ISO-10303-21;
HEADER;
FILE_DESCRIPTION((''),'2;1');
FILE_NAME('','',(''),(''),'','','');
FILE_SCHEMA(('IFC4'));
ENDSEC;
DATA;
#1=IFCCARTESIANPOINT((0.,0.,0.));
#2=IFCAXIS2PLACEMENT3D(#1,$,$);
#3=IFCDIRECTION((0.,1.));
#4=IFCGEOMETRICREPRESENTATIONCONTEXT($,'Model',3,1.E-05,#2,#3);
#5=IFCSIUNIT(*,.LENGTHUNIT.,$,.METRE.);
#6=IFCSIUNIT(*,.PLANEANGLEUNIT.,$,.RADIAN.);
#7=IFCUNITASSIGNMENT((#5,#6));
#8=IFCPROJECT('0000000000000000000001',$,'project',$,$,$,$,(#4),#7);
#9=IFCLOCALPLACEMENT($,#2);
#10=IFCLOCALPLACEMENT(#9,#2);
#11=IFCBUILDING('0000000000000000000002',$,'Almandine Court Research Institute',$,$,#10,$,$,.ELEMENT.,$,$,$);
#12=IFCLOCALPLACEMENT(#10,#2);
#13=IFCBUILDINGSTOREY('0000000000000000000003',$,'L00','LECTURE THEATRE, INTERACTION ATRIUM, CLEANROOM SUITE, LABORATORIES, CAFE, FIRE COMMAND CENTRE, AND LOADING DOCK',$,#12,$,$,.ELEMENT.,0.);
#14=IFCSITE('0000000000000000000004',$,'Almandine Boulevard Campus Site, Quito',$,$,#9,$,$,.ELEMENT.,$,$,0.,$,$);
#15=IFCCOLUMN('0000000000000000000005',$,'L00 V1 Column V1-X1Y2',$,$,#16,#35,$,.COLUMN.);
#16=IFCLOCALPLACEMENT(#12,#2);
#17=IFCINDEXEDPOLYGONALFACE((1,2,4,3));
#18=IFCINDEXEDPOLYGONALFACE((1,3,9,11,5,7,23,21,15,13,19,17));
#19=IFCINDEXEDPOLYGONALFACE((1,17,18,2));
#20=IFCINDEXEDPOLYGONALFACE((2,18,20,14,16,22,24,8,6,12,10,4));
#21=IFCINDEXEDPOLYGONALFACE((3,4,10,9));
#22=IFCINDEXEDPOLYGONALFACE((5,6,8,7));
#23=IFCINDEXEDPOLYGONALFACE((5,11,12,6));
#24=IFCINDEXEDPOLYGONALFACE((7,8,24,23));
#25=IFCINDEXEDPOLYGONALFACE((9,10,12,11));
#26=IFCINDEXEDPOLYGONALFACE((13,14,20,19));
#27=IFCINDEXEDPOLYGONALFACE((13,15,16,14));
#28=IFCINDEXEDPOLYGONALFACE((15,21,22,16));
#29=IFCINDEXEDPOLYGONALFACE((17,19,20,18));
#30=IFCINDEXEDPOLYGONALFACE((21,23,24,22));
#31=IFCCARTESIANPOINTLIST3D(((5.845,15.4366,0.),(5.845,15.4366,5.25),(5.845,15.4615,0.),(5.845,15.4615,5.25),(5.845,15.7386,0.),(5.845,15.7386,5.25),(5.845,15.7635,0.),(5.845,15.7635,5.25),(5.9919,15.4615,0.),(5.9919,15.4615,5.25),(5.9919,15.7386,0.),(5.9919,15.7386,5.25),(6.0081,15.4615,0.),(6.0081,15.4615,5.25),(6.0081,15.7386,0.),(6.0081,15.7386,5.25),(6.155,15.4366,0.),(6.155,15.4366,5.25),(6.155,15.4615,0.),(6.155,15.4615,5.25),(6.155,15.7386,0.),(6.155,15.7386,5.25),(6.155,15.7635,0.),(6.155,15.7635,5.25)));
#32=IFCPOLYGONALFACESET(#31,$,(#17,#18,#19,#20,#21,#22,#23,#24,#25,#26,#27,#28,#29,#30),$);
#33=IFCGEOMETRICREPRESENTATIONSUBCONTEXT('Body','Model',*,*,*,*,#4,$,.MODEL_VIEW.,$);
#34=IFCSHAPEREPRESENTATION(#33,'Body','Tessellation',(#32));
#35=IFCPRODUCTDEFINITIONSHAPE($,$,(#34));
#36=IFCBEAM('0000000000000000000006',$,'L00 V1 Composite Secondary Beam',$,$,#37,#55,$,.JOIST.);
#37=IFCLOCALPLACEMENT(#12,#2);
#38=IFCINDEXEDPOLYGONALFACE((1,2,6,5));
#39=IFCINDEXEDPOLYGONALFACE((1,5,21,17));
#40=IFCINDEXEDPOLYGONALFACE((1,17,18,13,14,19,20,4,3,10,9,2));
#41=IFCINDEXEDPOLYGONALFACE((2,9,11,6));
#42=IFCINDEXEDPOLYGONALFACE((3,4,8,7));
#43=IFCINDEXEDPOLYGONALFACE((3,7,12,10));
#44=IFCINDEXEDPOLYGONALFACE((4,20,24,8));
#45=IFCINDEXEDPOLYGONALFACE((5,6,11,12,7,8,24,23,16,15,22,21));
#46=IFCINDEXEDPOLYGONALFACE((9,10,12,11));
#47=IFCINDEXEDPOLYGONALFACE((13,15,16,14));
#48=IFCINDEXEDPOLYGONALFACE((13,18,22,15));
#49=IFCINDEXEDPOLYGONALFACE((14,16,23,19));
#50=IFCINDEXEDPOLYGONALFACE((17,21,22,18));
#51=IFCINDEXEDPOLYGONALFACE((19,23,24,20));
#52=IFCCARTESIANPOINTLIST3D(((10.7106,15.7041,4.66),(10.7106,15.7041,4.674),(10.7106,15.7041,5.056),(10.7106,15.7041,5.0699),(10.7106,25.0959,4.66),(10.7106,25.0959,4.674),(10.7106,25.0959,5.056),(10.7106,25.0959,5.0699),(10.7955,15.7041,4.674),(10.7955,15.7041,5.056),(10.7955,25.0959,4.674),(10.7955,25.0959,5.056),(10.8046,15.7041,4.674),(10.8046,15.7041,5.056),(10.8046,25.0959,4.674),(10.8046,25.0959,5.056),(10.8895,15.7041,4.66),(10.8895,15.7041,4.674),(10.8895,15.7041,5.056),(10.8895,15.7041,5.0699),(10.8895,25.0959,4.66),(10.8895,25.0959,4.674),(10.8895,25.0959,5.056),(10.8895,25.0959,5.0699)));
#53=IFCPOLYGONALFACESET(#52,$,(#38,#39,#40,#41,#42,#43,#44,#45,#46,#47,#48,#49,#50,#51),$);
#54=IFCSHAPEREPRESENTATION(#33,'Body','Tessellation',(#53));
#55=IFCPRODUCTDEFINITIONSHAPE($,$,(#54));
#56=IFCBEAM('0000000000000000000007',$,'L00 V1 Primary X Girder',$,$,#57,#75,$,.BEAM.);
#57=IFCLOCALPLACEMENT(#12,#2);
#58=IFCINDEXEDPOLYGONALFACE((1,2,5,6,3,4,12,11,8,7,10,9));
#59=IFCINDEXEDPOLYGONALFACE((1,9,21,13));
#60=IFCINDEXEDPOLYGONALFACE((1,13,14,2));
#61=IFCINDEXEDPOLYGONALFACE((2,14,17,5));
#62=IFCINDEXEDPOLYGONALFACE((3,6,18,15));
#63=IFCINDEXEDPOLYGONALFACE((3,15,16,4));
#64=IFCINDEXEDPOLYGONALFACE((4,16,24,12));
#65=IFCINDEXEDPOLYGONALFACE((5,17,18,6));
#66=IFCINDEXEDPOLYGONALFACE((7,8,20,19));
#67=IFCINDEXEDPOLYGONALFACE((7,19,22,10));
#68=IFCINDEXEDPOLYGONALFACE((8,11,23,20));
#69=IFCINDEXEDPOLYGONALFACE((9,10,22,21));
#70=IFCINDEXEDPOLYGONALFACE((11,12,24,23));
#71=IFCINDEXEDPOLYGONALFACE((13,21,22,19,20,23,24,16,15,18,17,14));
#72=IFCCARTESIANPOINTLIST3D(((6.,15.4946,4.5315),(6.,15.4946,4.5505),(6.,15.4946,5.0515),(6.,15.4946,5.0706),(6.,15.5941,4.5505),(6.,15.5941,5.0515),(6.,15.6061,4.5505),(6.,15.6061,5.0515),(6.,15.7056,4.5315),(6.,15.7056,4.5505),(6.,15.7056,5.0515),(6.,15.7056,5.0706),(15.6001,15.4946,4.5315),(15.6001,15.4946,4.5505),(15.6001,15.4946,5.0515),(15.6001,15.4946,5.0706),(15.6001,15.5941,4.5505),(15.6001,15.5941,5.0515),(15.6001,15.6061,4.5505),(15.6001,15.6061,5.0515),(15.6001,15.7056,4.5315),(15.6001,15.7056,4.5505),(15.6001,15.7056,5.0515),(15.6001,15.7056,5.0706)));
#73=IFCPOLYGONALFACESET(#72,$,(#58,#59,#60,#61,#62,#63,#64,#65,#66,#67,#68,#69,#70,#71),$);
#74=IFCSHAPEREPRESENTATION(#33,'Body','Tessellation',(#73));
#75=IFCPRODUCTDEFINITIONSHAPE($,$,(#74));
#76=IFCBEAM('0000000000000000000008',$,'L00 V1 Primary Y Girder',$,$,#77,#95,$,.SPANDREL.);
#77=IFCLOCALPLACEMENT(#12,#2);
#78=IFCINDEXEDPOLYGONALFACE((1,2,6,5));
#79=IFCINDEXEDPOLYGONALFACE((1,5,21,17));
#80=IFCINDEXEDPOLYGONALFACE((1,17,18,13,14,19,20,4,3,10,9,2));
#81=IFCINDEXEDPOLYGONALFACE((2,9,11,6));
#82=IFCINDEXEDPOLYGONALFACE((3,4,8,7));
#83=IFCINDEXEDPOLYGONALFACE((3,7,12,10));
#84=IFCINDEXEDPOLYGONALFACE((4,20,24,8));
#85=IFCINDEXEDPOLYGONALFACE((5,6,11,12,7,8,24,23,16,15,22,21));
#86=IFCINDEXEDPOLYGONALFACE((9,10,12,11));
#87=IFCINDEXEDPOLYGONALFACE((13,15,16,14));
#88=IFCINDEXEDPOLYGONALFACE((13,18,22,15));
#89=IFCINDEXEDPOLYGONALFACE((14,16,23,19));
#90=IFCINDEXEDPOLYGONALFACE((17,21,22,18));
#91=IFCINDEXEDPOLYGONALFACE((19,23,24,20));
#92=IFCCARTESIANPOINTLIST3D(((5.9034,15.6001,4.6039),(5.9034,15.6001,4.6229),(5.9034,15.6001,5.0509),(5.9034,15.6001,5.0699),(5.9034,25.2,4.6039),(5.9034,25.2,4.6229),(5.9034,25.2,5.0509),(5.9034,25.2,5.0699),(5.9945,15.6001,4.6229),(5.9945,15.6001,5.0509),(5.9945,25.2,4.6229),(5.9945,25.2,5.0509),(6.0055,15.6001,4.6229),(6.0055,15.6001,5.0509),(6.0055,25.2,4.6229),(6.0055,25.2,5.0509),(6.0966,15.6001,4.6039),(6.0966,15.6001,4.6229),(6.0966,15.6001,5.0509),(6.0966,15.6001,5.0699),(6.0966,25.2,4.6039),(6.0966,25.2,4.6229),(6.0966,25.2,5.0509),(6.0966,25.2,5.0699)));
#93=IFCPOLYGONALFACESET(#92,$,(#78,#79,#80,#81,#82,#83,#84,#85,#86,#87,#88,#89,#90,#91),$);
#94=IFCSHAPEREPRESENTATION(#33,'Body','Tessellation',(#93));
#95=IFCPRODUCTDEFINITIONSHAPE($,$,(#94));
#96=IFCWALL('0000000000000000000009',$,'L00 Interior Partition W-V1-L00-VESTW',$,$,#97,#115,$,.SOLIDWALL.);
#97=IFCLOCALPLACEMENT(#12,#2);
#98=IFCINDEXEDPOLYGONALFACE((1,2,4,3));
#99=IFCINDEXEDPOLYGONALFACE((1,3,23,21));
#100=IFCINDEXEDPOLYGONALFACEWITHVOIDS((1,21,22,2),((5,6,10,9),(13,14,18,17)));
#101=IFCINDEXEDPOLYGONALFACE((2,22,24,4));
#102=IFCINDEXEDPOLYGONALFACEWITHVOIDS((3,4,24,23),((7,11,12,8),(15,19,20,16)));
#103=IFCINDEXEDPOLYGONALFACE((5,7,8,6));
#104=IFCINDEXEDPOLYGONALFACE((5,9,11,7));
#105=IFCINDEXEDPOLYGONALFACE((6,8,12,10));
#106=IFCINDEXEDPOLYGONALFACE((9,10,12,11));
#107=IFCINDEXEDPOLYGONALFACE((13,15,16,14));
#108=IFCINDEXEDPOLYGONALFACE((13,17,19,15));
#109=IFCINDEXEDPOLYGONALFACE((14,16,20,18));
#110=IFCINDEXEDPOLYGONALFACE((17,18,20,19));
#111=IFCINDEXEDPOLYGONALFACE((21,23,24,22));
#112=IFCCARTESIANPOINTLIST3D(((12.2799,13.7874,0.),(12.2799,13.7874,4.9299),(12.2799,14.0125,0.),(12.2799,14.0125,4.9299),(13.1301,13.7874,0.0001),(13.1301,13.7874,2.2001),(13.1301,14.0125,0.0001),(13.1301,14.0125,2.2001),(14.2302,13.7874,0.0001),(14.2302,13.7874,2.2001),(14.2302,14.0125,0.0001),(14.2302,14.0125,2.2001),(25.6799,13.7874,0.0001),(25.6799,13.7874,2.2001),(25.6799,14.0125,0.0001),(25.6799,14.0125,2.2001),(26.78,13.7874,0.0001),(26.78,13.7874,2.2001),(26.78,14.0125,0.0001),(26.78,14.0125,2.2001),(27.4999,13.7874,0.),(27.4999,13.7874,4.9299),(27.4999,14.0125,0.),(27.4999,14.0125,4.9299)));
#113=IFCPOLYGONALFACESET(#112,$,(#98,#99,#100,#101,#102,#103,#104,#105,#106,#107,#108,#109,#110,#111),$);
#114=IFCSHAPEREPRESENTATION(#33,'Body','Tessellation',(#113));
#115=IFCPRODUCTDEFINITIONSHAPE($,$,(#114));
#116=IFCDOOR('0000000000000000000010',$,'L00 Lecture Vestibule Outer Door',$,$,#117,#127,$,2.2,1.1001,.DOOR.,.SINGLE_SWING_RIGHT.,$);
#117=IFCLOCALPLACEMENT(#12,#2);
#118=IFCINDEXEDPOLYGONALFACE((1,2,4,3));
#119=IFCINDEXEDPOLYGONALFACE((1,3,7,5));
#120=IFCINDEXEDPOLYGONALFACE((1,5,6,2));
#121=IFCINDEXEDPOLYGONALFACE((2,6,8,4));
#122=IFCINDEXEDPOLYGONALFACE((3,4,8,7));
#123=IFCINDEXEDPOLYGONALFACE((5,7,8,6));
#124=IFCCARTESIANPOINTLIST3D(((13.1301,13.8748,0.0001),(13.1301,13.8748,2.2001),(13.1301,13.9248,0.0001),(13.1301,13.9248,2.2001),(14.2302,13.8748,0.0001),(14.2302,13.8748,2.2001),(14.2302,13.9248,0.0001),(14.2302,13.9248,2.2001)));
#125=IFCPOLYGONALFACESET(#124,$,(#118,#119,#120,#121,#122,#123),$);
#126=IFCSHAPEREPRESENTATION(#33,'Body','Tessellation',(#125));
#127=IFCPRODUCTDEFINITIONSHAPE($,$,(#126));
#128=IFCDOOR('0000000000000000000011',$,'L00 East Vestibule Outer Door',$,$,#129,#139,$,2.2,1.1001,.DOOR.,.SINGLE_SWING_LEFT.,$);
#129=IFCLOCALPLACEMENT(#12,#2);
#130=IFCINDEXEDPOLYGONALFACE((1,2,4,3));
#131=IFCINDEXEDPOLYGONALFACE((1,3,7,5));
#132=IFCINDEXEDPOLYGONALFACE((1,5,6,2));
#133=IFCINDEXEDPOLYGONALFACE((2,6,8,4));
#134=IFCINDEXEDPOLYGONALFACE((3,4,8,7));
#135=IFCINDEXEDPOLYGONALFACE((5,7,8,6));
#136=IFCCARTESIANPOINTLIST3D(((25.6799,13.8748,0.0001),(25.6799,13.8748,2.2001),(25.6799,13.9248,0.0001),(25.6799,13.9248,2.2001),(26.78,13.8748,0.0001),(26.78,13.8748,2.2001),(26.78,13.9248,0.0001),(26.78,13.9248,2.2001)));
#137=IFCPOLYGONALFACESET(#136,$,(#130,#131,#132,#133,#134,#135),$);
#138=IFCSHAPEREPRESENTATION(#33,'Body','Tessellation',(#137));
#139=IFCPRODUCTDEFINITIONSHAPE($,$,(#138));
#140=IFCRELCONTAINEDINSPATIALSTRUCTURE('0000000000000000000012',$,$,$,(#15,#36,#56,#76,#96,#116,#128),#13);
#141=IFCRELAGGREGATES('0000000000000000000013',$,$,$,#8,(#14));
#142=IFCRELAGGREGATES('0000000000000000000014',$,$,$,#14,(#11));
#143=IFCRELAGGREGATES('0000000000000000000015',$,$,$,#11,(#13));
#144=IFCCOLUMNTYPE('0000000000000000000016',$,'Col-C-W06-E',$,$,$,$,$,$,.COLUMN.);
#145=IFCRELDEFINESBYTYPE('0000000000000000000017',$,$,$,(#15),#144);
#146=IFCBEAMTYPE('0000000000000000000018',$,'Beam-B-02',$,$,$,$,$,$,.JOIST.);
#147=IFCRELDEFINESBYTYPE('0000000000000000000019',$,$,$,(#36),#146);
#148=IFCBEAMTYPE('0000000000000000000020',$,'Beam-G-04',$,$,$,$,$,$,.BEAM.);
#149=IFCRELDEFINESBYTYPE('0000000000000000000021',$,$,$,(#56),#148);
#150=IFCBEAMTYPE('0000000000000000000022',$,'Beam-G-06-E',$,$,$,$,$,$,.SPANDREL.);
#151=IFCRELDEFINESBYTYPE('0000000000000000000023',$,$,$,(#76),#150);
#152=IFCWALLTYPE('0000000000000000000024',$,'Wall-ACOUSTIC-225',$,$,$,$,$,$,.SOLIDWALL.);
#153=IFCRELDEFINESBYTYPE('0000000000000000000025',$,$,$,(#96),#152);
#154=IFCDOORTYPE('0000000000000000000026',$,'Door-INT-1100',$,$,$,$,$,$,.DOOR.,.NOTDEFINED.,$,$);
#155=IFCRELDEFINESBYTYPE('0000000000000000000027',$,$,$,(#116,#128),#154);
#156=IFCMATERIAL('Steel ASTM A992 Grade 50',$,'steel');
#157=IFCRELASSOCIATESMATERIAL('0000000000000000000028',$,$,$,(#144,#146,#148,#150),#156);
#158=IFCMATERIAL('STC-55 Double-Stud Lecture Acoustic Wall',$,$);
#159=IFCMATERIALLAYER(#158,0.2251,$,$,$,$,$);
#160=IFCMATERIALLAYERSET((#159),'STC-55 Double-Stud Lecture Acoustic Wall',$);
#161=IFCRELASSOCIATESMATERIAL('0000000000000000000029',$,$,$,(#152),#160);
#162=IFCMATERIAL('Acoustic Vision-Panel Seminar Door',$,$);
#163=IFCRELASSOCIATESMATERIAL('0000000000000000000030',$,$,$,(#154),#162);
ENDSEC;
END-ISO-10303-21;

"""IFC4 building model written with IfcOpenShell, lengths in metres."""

from ifc_helpers import new_model, si_unit, direction, frame, frame_2d, origin, origin_2d, place, context, subcontext, project, spatial, rectangle, i_section, extrude, material, layer, layer_set, material_profile, profile_set, type_object, element, fill, save


model = new_model("IFC4")

# Units and contexts
model_context = context("Model", 3, precision=1e-05, world=origin(), true_north=direction((0.0, 1.0)))
body_context = subcontext(model_context, "Body", "Model", "MODEL_VIEW")
ifc_project = project(units=[si_unit("LENGTHUNIT", "METRE"), si_unit("PLANEANGLEUNIT", "RADIAN")], contexts=[model_context])

# Site, building, storey
site_placement = place(None, origin())
site = spatial("IfcSite", under=ifc_project, at=site_placement, Name="Almandine Boulevard Campus Site, Quito", CompositionType="ELEMENT", RefElevation=0.0)
building_placement = place(site_placement, origin())
building = spatial("IfcBuilding", under=site, at=building_placement, Name="Almandine Court Research Institute", CompositionType="ELEMENT")
storey_placement = place(building_placement, origin())
storey = spatial("IfcBuildingStorey", under=building, at=storey_placement, Name="L00", Description="LECTURE THEATRE, INTERACTION ATRIUM, CLEANROOM SUITE, LABORATORIES, CAFE, FIRE COMMAND CENTRE, AND LOADING DOCK", CompositionType="ELEMENT", Elevation=0.0)

# Column
ifc_material_1 = material(Name="Steel ASTM A992 Grade 50", Category="steel")
ifc_material_profile_1 = material_profile(ifc_material_1, i_section(OverallWidth=0.3101, OverallDepth=0.3269, WebThickness=0.0161, FlangeThickness=0.0249, at=origin_2d()), Name="W310x158")
ifc_profile_set_1 = profile_set([ifc_material_profile_1], Name="Steel ASTM A992 Grade 50")
column_type = type_object("IfcColumnType", Name="Col-C-W06-E", PredefinedType="COLUMN", material=ifc_profile_set_1)
column_placement = place(storey_placement, frame((6.0, 15.6001, 0.0), z_axis=(0.0, 0.0, 1.0), x_axis=(1.0, 0.0, 0.0)))
element("IfcColumn", 1, at=column_placement, inside=storey, type_object=column_type, Name="L00 V1 Column V1-X1Y2", PredefinedType="COLUMN", context=body_context, shape_type="SweptSolid", body=[
    extrude(i_section(OverallWidth=0.3101, OverallDepth=0.3269, WebThickness=0.0161, FlangeThickness=0.0249, at=origin_2d()), origin(), (0.0, 0.0, 1.0), 5.25),
])

# Beams
ifc_material_profile_2 = material_profile(ifc_material_1, i_section(OverallWidth=0.179, OverallDepth=0.4099, WebThickness=0.009, FlangeThickness=0.0139, at=origin_2d()), Name="W410x67")
ifc_profile_set_2 = profile_set([ifc_material_profile_2], Name="Steel ASTM A992 Grade 50")
beam_type_1 = type_object("IfcBeamType", Name="Beam-B-02", PredefinedType="JOIST", material=ifc_profile_set_2)
beam_1_placement = place(storey_placement, frame((10.8, 15.7041, 4.865), z_axis=(0.0, 1.0, 0.0), x_axis=(-1.0, 0.0, 0.0)))
element("IfcBeam", 2, at=beam_1_placement, inside=storey, type_object=beam_type_1, Name="L00 V1 Composite Secondary Beam", PredefinedType="JOIST", context=body_context, shape_type="SweptSolid", body=[
    extrude(i_section(OverallWidth=0.179, OverallDepth=0.4099, WebThickness=0.009, FlangeThickness=0.0139, at=origin_2d()), origin(), (0.0, 0.0, 1.0), 9.3918),
])
ifc_material_profile_3 = material_profile(ifc_material_1, i_section(OverallWidth=0.2109, OverallDepth=0.5391, WebThickness=0.012, FlangeThickness=0.019, at=origin_2d()), Name="W530x109")
ifc_profile_set_3 = profile_set([ifc_material_profile_3], Name="Steel ASTM A992 Grade 50")
beam_type_2 = type_object("IfcBeamType", Name="Beam-G-04", PredefinedType="BEAM", material=ifc_profile_set_3)
beam_2_placement = place(storey_placement, frame((6.0, 15.6001, 4.801), z_axis=(1.0, 0.0, 0.0), x_axis=(0.0, 1.0, 0.0)))
element("IfcBeam", 3, at=beam_2_placement, inside=storey, type_object=beam_type_2, Name="L00 V1 Primary X Girder", PredefinedType="BEAM", context=body_context, shape_type="SweptSolid", body=[
    extrude(i_section(OverallWidth=0.2109, OverallDepth=0.5391, WebThickness=0.012, FlangeThickness=0.019, at=origin_2d()), origin(), (0.0, 0.0, 1.0), 9.6001),
])
ifc_material_profile_4 = material_profile(ifc_material_1, i_section(OverallWidth=0.1931, OverallDepth=0.4661, WebThickness=0.011, FlangeThickness=0.019, at=origin_2d()), Name="W460x97")
ifc_profile_set_4 = profile_set([ifc_material_profile_4], Name="Steel ASTM A992 Grade 50")
beam_type_3 = type_object("IfcBeamType", Name="Beam-G-06-E", PredefinedType="SPANDREL", material=ifc_profile_set_4)
beam_3_placement = place(storey_placement, frame((6.0, 15.6001, 4.8369), z_axis=(0.0, 1.0, 0.0), x_axis=(-1.0, 0.0, 0.0)))
element("IfcBeam", 4, at=beam_3_placement, inside=storey, type_object=beam_type_3, Name="L00 V1 Primary Y Girder", PredefinedType="SPANDREL", context=body_context, shape_type="SweptSolid", body=[
    extrude(i_section(OverallWidth=0.1931, OverallDepth=0.4661, WebThickness=0.011, FlangeThickness=0.019, at=origin_2d()), origin(), (0.0, 0.0, 1.0), 9.5999),
])

# Wall, openings, doors
ifc_material_2 = material(Name="STC-55 Double-Stud Lecture Acoustic Wall")
ifc_layer_1 = layer(ifc_material_2, 0.2251)
ifc_layer_set_1 = layer_set([ifc_layer_1], Name="STC-55 Double-Stud Lecture Acoustic Wall")
wall_type_1 = type_object("IfcWallType", Name="Wall-ACOUSTIC-225", PredefinedType="SOLIDWALL", material=ifc_layer_set_1)
wall_1_placement = place(storey_placement, frame((12.28, 13.8999, 0.0), z_axis=(0.0, 0.0, 1.0), x_axis=(1.0, 0.0, 0.0)))
wall_1 = element("IfcWall", 5, at=wall_1_placement, inside=storey, type_object=wall_type_1, Name="L00 Interior Partition W-V1-L00-VESTW", PredefinedType="SOLIDWALL", context=body_context, shape_type="SweptSolid", body=[
    extrude(rectangle(XDim=15.22, YDim=0.2251, at=frame_2d((7.6099, 0.0))), origin(), (0.0, 0.0, 1.0), 4.9299),
])
opening_1_placement = place(wall_1_placement, frame((0.8501, 0.0, 0.0)))
opening_1 = element("IfcOpeningElement", 6, at=opening_1_placement, cuts=wall_1, PredefinedType="OPENING", context=body_context, shape_type="SweptSolid", body=[
    extrude(rectangle(XDim=1.1001, YDim=2.2, at=frame_2d((0.55, 1.1001))), frame((0.0, 0.1226, 0.0), z_axis=(0.0, -1.0, 0.0), x_axis=(1.0, 0.0, 0.0)), (0.0, 0.0, 1.0), 0.2451),
])
opening_2_placement = place(wall_1_placement, frame((13.3999, 0.0, 0.0)))
opening_2 = element("IfcOpeningElement", 7, at=opening_2_placement, cuts=wall_1, PredefinedType="OPENING", context=body_context, shape_type="SweptSolid", body=[
    extrude(rectangle(XDim=1.1001, YDim=2.2, at=frame_2d((0.55, 1.1001))), frame((0.0, 0.1226, 0.0), z_axis=(0.0, -1.0, 0.0), x_axis=(1.0, 0.0, 0.0)), (0.0, 0.0, 1.0), 0.2451),
])
ifc_material_3 = material(Name="Acoustic Vision-Panel Seminar Door")
door_type_1 = type_object("IfcDoorType", Name="Door-INT-1100", OperationType="NOTDEFINED", PredefinedType="DOOR", material=ifc_material_3)
door_1_placement = place(opening_1_placement, origin())
door_1 = element("IfcDoor", 8, at=door_1_placement, inside=storey, type_object=door_type_1, Name="L00 Lecture Vestibule Outer Door", OperationType="SINGLE_SWING_RIGHT", OverallHeight=2.2, OverallWidth=1.1001, PredefinedType="DOOR", context=body_context, shape_type="SweptSolid", body=[
    extrude(rectangle(XDim=1.1001, YDim=2.2, at=frame_2d((0.55, 1.1001))), frame((0.0, 0.0249, 0.0), z_axis=(0.0, -1.0, 0.0), x_axis=(1.0, 0.0, 0.0)), (0.0, 0.0, 1.0), 0.05),
])
fill(opening_1, door_1)
door_2_placement = place(opening_2_placement, origin())
door_2 = element("IfcDoor", 9, at=door_2_placement, inside=storey, type_object=door_type_1, Name="L00 East Vestibule Outer Door", OperationType="SINGLE_SWING_LEFT", OverallHeight=2.2, OverallWidth=1.1001, PredefinedType="DOOR", context=body_context, shape_type="SweptSolid", body=[
    extrude(rectangle(XDim=1.1001, YDim=2.2, at=frame_2d((0.55, 1.1001))), frame((0.0, 0.0249, 0.0), z_axis=(0.0, -1.0, 0.0), x_axis=(1.0, 0.0, 0.0)), (0.0, 0.0, 1.0), 0.05),
])
fill(opening_2, door_2)

save(model, "model.ifc")
